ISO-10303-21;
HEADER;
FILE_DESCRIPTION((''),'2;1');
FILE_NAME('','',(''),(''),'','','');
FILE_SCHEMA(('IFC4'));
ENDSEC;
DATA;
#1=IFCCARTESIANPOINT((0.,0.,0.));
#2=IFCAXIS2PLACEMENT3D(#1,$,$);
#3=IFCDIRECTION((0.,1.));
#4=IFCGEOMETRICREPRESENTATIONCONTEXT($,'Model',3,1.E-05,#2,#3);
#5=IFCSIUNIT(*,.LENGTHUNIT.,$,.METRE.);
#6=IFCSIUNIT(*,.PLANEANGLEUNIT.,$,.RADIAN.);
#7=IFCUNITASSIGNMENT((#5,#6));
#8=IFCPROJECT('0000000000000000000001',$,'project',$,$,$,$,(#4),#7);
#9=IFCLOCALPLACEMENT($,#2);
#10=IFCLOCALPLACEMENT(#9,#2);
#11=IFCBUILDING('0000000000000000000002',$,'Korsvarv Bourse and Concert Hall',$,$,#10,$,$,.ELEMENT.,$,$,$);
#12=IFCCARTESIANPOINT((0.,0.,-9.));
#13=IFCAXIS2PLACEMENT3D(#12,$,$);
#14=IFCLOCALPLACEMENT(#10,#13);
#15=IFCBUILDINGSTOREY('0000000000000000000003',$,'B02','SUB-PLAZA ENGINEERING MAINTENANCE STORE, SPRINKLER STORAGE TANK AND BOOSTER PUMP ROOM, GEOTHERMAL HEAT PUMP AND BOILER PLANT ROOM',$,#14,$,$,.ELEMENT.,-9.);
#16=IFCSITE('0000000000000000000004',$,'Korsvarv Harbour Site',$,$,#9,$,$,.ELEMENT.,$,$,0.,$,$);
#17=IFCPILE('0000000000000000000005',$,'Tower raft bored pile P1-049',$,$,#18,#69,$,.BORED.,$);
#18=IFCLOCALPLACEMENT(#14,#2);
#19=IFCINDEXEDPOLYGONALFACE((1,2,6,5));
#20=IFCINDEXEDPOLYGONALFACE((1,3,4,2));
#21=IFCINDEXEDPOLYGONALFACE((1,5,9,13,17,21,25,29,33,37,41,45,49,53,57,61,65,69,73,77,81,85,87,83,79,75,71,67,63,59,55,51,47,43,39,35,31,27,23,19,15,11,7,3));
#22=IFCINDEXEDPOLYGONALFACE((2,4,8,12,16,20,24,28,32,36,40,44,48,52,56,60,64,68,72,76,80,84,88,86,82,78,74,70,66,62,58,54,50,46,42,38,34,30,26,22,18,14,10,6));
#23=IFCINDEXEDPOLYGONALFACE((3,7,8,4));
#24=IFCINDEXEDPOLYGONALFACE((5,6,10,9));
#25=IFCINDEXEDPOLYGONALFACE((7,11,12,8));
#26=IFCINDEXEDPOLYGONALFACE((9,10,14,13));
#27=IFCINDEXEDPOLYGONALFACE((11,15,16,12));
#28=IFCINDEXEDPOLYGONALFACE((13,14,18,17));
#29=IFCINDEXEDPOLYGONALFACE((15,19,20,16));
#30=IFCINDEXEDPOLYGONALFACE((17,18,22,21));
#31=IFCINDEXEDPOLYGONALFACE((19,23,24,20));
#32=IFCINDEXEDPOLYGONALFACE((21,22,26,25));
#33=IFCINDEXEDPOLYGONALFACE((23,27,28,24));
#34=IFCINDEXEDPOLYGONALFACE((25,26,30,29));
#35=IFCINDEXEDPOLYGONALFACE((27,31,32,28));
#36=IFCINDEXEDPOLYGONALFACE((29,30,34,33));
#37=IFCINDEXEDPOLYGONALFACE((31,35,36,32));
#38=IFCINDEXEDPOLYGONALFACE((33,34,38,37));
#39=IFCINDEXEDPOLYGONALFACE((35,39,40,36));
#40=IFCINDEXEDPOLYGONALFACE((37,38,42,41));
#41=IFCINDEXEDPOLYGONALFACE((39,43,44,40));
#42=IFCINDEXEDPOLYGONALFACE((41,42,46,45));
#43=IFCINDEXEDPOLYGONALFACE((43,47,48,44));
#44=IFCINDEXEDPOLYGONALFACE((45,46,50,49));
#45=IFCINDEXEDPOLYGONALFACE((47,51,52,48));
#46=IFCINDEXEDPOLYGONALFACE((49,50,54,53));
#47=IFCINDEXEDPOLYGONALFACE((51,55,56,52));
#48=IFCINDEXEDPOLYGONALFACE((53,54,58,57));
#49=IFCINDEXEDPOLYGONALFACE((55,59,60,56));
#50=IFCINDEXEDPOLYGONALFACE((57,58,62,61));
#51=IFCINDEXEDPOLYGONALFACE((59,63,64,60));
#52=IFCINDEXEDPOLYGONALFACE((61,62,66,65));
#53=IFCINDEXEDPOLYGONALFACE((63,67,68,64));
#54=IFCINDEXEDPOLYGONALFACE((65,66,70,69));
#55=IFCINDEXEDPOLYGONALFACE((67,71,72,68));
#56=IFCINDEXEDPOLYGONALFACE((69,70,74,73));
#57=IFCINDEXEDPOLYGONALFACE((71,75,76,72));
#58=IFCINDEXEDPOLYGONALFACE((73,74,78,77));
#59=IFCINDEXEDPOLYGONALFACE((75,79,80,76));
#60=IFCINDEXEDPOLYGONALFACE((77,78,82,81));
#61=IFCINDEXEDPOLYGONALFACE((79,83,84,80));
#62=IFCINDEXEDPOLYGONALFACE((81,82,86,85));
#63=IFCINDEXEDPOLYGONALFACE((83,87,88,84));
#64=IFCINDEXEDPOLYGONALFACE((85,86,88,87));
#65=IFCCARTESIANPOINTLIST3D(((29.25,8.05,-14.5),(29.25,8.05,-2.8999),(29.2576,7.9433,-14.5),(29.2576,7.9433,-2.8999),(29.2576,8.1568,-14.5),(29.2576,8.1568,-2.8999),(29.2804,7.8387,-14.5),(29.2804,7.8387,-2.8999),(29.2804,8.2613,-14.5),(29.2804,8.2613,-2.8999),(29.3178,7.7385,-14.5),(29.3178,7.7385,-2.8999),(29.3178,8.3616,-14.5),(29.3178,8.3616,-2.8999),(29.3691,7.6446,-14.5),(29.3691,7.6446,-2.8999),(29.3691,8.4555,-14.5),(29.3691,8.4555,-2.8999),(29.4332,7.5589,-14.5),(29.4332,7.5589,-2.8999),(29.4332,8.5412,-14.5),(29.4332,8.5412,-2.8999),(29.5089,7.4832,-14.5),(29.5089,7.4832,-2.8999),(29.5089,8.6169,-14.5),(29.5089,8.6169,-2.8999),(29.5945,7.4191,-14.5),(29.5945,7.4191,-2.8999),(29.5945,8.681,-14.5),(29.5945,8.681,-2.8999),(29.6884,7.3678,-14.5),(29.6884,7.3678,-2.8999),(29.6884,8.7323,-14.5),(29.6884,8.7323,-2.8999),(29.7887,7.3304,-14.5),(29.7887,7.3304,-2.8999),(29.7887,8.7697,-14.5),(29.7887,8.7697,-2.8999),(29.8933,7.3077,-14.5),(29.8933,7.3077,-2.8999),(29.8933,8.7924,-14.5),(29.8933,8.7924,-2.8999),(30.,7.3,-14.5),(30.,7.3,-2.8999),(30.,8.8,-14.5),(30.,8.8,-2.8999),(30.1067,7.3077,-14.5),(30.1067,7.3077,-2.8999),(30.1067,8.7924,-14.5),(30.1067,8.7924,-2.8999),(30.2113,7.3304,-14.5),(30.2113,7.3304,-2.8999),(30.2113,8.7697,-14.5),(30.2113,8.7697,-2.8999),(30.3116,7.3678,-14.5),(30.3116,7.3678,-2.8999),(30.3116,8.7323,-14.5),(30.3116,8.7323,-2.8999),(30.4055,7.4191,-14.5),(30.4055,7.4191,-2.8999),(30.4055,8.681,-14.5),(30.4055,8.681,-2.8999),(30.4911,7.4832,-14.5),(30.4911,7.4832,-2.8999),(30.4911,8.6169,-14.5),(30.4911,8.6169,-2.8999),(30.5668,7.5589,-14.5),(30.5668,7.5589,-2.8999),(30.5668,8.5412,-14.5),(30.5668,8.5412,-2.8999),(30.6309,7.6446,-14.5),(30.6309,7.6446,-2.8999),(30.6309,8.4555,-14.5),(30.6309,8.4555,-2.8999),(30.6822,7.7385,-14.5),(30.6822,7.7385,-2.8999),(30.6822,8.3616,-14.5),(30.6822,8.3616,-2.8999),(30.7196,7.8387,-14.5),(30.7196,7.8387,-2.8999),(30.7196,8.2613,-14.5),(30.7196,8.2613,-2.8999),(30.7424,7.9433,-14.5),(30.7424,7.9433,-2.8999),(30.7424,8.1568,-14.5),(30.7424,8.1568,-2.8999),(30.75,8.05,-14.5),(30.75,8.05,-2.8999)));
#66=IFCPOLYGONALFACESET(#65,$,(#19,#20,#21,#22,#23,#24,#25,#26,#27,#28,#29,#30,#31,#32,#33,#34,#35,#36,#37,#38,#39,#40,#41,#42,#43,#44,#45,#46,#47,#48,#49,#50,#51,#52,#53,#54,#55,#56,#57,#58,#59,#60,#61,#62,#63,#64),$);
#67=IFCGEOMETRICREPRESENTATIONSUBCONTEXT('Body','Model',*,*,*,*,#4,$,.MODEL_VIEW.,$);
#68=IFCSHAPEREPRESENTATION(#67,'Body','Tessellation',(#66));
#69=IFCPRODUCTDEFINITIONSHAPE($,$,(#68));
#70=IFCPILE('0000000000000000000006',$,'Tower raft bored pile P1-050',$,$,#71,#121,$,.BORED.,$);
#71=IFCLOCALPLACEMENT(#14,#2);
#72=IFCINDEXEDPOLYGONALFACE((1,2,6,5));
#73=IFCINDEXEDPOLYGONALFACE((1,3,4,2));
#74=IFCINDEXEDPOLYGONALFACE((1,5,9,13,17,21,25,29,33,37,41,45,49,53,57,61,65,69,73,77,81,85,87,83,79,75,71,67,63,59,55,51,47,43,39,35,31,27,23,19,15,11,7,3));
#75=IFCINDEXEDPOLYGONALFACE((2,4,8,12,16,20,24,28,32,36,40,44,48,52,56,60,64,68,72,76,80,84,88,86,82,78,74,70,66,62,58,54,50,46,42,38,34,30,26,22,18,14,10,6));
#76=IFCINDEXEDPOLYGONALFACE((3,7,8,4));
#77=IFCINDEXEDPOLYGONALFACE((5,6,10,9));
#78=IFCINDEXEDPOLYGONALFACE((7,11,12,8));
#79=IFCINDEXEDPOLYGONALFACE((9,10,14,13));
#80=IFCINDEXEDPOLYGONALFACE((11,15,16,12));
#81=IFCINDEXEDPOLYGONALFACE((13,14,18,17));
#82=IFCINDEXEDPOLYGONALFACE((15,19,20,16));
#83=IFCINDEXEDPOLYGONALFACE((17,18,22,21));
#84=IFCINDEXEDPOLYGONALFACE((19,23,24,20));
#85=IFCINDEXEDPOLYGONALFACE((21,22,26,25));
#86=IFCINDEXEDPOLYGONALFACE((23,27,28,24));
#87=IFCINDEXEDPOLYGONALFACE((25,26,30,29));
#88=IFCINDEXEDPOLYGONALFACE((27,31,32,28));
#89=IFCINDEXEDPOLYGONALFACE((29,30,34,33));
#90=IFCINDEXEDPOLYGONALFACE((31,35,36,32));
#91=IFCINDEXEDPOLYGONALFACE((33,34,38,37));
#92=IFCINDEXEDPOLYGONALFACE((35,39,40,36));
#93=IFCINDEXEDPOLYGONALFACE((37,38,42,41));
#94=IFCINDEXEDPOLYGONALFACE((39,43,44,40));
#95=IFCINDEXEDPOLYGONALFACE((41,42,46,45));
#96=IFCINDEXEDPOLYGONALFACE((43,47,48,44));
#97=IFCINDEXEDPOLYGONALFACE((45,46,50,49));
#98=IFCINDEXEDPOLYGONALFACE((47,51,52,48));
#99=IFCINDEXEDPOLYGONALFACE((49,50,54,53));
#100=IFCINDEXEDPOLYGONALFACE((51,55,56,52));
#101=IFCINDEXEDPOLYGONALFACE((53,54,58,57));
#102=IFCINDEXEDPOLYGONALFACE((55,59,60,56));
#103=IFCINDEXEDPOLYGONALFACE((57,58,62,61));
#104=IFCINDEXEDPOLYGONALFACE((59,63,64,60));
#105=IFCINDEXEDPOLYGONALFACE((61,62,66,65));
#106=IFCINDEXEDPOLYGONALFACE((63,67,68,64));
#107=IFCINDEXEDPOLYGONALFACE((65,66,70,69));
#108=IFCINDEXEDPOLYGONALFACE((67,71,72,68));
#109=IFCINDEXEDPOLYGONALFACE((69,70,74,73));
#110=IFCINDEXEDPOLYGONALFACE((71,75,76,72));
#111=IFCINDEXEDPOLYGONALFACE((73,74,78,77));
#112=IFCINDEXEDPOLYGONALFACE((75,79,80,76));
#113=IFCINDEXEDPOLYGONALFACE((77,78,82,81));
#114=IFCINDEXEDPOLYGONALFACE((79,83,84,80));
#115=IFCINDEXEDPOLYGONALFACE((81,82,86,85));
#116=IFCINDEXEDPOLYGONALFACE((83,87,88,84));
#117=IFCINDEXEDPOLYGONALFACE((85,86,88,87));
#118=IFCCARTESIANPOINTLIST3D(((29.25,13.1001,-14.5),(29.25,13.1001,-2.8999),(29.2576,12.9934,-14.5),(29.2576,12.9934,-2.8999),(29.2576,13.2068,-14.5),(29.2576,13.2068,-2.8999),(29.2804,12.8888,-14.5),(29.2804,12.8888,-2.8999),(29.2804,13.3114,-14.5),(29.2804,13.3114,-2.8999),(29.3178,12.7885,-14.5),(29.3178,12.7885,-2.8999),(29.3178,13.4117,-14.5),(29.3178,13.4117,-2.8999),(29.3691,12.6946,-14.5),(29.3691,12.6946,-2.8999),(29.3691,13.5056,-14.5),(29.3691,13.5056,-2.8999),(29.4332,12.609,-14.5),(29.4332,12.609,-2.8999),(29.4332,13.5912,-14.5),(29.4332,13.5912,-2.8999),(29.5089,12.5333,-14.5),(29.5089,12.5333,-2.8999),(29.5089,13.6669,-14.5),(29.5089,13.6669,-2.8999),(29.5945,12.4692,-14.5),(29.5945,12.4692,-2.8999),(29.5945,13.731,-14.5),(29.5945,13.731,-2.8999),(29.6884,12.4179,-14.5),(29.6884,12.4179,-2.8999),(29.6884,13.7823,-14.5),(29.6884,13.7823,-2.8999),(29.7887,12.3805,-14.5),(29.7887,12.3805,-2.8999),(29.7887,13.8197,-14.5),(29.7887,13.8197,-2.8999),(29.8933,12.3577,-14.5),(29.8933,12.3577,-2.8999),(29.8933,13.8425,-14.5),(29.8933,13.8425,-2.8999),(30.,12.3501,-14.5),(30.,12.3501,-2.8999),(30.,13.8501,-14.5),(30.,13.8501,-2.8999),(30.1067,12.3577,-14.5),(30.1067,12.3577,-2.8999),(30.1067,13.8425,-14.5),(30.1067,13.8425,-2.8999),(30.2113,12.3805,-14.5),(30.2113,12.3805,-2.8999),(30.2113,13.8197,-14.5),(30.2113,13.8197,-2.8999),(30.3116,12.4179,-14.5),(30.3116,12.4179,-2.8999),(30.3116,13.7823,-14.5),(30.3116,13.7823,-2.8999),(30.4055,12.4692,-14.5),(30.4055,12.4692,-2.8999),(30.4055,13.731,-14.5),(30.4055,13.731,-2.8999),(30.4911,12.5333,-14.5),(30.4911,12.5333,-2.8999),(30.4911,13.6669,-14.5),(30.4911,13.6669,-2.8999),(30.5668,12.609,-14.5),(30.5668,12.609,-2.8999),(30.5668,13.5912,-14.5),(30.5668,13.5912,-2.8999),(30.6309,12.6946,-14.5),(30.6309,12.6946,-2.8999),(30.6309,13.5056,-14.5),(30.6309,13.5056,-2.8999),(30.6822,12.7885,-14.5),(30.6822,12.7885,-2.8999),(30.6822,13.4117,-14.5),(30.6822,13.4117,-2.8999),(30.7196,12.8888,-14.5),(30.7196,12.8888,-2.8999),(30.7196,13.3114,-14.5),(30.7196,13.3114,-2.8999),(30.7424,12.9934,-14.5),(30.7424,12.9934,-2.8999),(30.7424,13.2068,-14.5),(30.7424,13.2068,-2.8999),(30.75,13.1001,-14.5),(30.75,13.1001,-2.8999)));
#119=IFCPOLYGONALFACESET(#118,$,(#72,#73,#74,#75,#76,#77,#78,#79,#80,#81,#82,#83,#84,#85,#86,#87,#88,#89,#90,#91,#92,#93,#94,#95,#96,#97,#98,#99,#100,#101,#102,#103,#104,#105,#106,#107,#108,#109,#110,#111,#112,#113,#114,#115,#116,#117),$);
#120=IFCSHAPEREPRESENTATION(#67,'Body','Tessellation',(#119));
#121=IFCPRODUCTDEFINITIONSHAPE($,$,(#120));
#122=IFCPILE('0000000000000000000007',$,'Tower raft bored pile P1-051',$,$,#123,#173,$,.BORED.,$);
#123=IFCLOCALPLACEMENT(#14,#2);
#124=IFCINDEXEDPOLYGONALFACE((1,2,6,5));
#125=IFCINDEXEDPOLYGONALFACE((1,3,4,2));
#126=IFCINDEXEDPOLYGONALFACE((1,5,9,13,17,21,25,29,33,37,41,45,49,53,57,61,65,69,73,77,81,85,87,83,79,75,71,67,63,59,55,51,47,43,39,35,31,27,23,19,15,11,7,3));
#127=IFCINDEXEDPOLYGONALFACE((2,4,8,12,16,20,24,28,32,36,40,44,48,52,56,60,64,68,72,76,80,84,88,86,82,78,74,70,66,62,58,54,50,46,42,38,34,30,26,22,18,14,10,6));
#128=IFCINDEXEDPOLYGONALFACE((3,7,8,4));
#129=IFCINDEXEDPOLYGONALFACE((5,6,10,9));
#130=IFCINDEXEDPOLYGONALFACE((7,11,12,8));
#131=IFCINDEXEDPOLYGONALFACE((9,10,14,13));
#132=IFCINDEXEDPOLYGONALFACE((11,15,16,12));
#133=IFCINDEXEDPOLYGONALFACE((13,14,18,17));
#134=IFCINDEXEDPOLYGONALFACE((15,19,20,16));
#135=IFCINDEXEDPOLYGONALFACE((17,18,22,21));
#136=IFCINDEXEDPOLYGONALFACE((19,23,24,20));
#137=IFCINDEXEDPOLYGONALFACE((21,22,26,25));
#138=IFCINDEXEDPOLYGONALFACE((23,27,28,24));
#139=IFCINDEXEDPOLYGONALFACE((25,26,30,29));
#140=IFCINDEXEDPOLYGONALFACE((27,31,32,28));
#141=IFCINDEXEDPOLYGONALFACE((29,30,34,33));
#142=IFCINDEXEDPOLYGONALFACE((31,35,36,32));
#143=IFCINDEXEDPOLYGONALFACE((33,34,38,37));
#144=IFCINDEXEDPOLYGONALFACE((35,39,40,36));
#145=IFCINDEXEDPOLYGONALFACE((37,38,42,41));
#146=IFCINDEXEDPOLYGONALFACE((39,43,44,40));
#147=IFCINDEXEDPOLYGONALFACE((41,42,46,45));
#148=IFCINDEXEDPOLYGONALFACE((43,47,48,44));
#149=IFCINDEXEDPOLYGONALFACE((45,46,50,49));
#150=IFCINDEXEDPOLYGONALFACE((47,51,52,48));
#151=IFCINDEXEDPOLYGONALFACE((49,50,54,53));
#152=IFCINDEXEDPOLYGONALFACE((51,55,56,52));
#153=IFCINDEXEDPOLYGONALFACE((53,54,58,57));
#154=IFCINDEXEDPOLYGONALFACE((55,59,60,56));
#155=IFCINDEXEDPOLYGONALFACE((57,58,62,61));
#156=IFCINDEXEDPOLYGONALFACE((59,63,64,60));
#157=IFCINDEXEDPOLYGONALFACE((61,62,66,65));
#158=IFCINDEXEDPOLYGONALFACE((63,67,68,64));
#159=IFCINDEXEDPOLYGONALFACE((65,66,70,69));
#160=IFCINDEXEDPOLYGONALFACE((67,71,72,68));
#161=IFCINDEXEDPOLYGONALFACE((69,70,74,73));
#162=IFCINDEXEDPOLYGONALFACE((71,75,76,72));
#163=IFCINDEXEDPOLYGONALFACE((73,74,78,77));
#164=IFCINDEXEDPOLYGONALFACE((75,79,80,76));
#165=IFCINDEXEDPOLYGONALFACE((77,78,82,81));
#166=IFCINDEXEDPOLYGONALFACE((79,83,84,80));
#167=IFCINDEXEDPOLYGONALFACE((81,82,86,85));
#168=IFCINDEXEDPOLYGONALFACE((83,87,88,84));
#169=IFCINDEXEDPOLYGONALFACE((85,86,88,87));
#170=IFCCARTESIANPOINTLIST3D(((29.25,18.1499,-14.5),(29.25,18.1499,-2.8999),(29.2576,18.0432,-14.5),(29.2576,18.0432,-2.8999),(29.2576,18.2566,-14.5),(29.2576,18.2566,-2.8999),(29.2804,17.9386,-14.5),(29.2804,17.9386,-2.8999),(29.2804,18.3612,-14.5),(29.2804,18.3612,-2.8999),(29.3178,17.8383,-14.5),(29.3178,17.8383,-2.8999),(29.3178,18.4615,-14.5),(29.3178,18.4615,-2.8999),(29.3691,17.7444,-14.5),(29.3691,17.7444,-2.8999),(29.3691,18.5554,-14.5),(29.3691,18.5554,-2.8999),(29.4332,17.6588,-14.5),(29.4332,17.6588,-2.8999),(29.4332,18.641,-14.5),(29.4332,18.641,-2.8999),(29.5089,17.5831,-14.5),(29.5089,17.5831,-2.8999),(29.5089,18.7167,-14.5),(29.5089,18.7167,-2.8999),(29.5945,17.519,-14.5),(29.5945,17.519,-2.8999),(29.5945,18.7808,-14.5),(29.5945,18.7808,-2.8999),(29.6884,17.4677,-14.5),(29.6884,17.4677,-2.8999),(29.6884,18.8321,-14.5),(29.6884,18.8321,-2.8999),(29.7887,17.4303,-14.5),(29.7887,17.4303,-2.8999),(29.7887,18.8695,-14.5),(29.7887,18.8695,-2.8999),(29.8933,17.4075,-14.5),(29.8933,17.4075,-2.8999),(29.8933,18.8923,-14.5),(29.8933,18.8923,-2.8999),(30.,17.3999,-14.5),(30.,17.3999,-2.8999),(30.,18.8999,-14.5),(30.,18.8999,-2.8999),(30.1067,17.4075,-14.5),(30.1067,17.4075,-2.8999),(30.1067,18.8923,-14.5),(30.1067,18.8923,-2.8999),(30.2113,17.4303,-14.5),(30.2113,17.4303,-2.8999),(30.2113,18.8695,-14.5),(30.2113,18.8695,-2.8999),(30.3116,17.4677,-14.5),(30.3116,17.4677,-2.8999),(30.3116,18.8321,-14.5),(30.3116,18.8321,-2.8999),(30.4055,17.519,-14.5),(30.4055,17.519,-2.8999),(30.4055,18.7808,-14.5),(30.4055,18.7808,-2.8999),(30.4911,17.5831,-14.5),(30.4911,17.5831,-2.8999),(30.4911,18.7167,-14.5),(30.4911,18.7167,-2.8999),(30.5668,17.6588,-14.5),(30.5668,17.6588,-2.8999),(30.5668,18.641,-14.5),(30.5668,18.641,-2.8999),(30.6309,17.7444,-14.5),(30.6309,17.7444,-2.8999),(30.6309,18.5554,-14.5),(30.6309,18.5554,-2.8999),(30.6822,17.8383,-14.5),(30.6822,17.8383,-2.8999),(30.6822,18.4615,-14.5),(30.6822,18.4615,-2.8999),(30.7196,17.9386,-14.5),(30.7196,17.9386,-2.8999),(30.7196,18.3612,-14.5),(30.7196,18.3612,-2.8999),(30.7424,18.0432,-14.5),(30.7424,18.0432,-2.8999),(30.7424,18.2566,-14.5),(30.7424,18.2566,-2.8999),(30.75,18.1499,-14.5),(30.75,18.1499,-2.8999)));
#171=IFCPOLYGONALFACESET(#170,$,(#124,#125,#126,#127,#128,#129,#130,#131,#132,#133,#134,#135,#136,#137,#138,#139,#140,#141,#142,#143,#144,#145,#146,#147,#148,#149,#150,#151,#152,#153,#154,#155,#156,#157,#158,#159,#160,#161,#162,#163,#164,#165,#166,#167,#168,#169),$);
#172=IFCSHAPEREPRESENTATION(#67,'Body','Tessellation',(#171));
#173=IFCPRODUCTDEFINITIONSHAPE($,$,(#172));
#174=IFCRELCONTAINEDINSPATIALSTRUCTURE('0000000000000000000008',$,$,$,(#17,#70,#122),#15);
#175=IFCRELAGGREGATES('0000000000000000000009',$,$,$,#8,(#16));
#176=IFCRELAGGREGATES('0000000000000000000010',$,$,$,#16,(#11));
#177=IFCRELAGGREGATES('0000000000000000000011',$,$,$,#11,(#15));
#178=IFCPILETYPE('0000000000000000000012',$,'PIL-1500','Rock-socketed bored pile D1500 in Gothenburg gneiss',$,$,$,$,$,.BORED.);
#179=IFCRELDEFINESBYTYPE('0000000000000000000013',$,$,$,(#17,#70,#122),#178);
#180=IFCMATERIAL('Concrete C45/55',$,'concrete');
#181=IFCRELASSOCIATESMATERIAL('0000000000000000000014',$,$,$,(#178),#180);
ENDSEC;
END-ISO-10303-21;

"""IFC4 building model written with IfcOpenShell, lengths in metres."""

from ifc_helpers import new_model, si_unit, direction, frame, origin, origin_2d, place, context, subcontext, project, spatial, circle, extrude, source, transform, mapped, material, material_profile, profile_set, type_object, element, save


model = new_model("IFC4")

# Units and contexts
model_context = context("Model", 3, precision=1e-05, world=origin(), true_north=direction((0.0, 1.0)))
body_context = subcontext(model_context, "Body", "Model", "MODEL_VIEW")
ifc_project = project(units=[si_unit("LENGTHUNIT", "METRE"), si_unit("PLANEANGLEUNIT", "RADIAN")], contexts=[model_context])

# Site, building, storey
site_placement = place(None, origin())
site = spatial("IfcSite", under=ifc_project, at=site_placement, Name="Korsvarv Harbour Site", CompositionType="ELEMENT", RefElevation=0.0)
building_placement = place(site_placement, origin())
building = spatial("IfcBuilding", under=site, at=building_placement, Name="Korsvarv Bourse and Concert Hall", CompositionType="ELEMENT")
storey_placement = place(building_placement, frame((0.0, 0.0, -9.0)))
storey = spatial("IfcBuildingStorey", under=building, at=storey_placement, Name="B02", Description="SUB-PLAZA ENGINEERING MAINTENANCE STORE, SPRINKLER STORAGE TANK AND BOOSTER PUMP ROOM, GEOTHERMAL HEAT PUMP AND BOILER PLANT ROOM", CompositionType="ELEMENT", Elevation=-9.0)

# Piles
ifc_material_1 = material(Name="Concrete C45/55", Category="concrete")
ifc_material_profile_1 = material_profile(ifc_material_1, circle(Radius=0.75, at=origin_2d()), Name="PILE D1500")
ifc_profile_set_1 = profile_set([ifc_material_profile_1], Name="Concrete C45/55")
pile_type = type_object("IfcPileType", Name="PIL-1500", Description="Rock-socketed bored pile D1500 in Gothenburg gneiss", PredefinedType="BORED", material=ifc_profile_set_1)
shared_shape_1 = source(origin(), body_context, "Body", "SweptSolid", [
    extrude(circle(Radius=0.75, at=origin_2d()), origin(), (0.0, 0.0, 1.0), 11.6001),
])
for number, where, z_axis, x_axis, name in (
    (1, (30.0, 8.05, -2.8999), (0.0, 0.0, -1.0), (1.0, 0.0, 0.0), "Tower raft bored pile P1-049"),
    (2, (30.0, 13.1001, -2.8999), (0.0, 0.0, -1.0), (1.0, 0.0, 0.0), "Tower raft bored pile P1-050"),
    (3, (30.0, 18.1499, -2.8999), (0.0, 0.0, -1.0), (1.0, 0.0, 0.0), "Tower raft bored pile P1-051"),
):
    element("IfcPile", number, at=place(storey_placement, frame(where, z_axis=z_axis, x_axis=x_axis)), inside=storey, type_object=pile_type, Name=name, PredefinedType="BORED", context=body_context, shape_type="MappedRepresentation", body=[
        mapped(shared_shape_1, transform((0.0, 0.0, 0.0), scale=1.0)),
    ])

save(model, "model.ifc")
